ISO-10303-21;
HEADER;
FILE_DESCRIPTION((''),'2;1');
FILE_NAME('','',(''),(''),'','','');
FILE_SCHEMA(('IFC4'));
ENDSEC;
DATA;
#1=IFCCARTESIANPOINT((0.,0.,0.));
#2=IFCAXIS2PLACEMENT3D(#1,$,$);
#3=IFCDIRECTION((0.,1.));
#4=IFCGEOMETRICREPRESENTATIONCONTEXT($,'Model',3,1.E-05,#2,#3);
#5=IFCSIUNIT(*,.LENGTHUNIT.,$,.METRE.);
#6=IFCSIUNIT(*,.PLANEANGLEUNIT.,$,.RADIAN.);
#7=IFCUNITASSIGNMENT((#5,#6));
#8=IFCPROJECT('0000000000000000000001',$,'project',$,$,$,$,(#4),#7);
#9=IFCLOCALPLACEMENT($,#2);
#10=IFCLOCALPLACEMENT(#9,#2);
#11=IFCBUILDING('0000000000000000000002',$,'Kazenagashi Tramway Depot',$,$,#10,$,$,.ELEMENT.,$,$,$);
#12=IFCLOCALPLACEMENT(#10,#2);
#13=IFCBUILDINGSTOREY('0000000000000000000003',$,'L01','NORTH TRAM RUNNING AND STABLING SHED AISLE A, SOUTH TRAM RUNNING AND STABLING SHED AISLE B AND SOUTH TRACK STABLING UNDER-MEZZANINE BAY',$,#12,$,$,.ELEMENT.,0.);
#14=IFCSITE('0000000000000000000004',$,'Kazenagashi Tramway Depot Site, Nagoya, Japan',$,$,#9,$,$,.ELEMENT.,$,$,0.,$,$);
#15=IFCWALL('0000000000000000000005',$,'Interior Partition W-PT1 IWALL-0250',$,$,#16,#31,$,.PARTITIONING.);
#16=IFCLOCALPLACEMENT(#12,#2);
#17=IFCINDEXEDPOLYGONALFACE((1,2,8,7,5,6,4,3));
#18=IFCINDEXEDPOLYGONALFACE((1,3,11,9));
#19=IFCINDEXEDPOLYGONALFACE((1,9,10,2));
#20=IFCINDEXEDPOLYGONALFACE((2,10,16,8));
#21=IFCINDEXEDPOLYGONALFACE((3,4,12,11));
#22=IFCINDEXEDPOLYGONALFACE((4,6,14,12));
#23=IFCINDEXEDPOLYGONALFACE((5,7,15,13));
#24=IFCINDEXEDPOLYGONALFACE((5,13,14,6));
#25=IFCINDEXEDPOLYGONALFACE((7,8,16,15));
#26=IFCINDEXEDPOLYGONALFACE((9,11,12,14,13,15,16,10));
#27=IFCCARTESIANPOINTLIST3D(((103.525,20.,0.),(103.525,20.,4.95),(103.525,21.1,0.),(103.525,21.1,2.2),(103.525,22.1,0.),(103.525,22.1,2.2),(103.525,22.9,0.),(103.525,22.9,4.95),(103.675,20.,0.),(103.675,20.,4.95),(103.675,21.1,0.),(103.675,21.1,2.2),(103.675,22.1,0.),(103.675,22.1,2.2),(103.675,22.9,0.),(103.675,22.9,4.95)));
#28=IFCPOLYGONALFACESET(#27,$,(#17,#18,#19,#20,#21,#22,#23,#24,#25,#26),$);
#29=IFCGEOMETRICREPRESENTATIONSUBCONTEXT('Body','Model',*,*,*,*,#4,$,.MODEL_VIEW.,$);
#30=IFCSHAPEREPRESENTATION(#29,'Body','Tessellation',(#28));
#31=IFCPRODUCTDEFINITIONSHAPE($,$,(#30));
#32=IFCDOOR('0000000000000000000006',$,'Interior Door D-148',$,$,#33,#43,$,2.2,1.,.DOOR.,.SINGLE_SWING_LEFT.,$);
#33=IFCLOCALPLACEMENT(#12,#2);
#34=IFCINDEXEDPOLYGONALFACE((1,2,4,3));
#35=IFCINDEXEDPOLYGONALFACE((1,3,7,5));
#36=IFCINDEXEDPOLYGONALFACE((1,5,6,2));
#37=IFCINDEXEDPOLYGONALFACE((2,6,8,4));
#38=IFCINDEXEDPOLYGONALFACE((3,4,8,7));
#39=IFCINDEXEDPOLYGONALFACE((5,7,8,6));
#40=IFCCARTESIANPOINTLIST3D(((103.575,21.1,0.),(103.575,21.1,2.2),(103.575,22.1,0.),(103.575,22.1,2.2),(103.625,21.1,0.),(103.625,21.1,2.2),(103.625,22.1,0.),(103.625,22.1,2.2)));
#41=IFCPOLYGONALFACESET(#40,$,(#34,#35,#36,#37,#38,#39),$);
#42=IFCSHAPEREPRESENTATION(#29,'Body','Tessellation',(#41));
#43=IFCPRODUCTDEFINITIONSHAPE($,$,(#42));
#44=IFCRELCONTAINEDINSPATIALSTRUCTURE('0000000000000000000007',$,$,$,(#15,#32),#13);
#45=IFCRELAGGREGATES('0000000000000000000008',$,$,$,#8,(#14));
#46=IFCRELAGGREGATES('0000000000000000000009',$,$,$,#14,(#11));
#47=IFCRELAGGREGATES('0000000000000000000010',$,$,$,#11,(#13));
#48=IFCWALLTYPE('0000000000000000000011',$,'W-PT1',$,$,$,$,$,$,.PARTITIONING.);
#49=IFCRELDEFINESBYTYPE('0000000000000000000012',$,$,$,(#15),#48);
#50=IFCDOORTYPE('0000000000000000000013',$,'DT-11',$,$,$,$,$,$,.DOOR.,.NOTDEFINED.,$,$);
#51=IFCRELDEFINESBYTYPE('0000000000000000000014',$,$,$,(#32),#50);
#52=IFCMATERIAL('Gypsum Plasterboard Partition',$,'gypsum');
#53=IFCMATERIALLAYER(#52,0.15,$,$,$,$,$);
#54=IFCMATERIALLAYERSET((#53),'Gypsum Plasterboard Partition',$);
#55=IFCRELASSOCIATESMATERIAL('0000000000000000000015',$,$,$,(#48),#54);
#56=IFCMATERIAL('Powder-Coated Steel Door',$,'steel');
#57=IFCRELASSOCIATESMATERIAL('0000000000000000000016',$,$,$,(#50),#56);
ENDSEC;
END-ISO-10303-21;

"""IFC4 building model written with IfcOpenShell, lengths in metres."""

from ifc_helpers import new_model, si_unit, direction, frame, frame_2d, origin, place, context, subcontext, project, spatial, rectangle, extrude, material, layer, layer_set, type_object, element, fill, save


model = new_model("IFC4")

# Units and contexts
model_context = context("Model", 3, precision=1e-05, world=origin(), true_north=direction((0.0, 1.0)))
body_context = subcontext(model_context, "Body", "Model", "MODEL_VIEW")
ifc_project = project(units=[si_unit("LENGTHUNIT", "METRE"), si_unit("PLANEANGLEUNIT", "RADIAN")], contexts=[model_context])

# Site, building, storey
site_placement = place(None, origin())
site = spatial("IfcSite", under=ifc_project, at=site_placement, Name="Kazenagashi Tramway Depot Site, Nagoya, Japan", CompositionType="ELEMENT", RefElevation=0.0)
building_placement = place(site_placement, origin())
building = spatial("IfcBuilding", under=site, at=building_placement, Name="Kazenagashi Tramway Depot", CompositionType="ELEMENT")
storey_placement = place(building_placement, origin())
storey = spatial("IfcBuildingStorey", under=building, at=storey_placement, Name="L01", Description="NORTH TRAM RUNNING AND STABLING SHED AISLE A, SOUTH TRAM RUNNING AND STABLING SHED AISLE B AND SOUTH TRACK STABLING UNDER-MEZZANINE BAY", CompositionType="ELEMENT", Elevation=0.0)

# Wall, opening, door
ifc_material_1 = material(Name="Gypsum Plasterboard Partition", Category="gypsum")
ifc_layer = layer(ifc_material_1, 0.15)
ifc_layer_set = layer_set([ifc_layer], Name="Gypsum Plasterboard Partition")
wall_type = type_object("IfcWallType", Name="W-PT1", PredefinedType="PARTITIONING", material=ifc_layer_set)
wall_placement = place(storey_placement, frame((103.6, 20.0, 0.0), z_axis=(0.0, 0.0, 1.0), x_axis=(0.0, 1.0, 0.0)))
wall = element("IfcWall", 1, at=wall_placement, inside=storey, type_object=wall_type, Name="Interior Partition W-PT1 IWALL-0250", PredefinedType="PARTITIONING", context=body_context, shape_type="SweptSolid", body=[
    extrude(rectangle(XDim=2.9, YDim=0.15, at=frame_2d((1.45, 0.0))), origin(), (0.0, 0.0, 1.0), 4.95),
])
opening_placement = place(wall_placement, frame((1.1, 0.0, 0.0)))
opening = element("IfcOpeningElement", 2, at=opening_placement, cuts=wall, PredefinedType="OPENING", context=body_context, shape_type="SweptSolid", body=[
    extrude(rectangle(XDim=1.0, YDim=2.2, at=frame_2d((0.5, 1.1))), frame((0.0, 0.085, 0.0), z_axis=(0.0, -1.0, 0.0), x_axis=(1.0, 0.0, 0.0)), (0.0, 0.0, 1.0), 0.17),
])
ifc_material_2 = material(Name="Powder-Coated Steel Door", Category="steel")
door_type = type_object("IfcDoorType", Name="DT-11", OperationType="NOTDEFINED", PredefinedType="DOOR", material=ifc_material_2)
door_placement = place(opening_placement, origin())
door = element("IfcDoor", 3, at=door_placement, inside=storey, type_object=door_type, Name="Interior Door D-148", OperationType="SINGLE_SWING_LEFT", OverallHeight=2.2, OverallWidth=1.0, PredefinedType="DOOR", context=body_context, shape_type="SweptSolid", body=[
    extrude(rectangle(XDim=1.0, YDim=2.2, at=frame_2d((0.5, 1.1))), frame((0.0, 0.025, 0.0), z_axis=(0.0, -1.0, 0.0), x_axis=(1.0, 0.0, 0.0)), (0.0, 0.0, 1.0), 0.05),
])
fill(opening, door)

save(model, "model.ifc")
